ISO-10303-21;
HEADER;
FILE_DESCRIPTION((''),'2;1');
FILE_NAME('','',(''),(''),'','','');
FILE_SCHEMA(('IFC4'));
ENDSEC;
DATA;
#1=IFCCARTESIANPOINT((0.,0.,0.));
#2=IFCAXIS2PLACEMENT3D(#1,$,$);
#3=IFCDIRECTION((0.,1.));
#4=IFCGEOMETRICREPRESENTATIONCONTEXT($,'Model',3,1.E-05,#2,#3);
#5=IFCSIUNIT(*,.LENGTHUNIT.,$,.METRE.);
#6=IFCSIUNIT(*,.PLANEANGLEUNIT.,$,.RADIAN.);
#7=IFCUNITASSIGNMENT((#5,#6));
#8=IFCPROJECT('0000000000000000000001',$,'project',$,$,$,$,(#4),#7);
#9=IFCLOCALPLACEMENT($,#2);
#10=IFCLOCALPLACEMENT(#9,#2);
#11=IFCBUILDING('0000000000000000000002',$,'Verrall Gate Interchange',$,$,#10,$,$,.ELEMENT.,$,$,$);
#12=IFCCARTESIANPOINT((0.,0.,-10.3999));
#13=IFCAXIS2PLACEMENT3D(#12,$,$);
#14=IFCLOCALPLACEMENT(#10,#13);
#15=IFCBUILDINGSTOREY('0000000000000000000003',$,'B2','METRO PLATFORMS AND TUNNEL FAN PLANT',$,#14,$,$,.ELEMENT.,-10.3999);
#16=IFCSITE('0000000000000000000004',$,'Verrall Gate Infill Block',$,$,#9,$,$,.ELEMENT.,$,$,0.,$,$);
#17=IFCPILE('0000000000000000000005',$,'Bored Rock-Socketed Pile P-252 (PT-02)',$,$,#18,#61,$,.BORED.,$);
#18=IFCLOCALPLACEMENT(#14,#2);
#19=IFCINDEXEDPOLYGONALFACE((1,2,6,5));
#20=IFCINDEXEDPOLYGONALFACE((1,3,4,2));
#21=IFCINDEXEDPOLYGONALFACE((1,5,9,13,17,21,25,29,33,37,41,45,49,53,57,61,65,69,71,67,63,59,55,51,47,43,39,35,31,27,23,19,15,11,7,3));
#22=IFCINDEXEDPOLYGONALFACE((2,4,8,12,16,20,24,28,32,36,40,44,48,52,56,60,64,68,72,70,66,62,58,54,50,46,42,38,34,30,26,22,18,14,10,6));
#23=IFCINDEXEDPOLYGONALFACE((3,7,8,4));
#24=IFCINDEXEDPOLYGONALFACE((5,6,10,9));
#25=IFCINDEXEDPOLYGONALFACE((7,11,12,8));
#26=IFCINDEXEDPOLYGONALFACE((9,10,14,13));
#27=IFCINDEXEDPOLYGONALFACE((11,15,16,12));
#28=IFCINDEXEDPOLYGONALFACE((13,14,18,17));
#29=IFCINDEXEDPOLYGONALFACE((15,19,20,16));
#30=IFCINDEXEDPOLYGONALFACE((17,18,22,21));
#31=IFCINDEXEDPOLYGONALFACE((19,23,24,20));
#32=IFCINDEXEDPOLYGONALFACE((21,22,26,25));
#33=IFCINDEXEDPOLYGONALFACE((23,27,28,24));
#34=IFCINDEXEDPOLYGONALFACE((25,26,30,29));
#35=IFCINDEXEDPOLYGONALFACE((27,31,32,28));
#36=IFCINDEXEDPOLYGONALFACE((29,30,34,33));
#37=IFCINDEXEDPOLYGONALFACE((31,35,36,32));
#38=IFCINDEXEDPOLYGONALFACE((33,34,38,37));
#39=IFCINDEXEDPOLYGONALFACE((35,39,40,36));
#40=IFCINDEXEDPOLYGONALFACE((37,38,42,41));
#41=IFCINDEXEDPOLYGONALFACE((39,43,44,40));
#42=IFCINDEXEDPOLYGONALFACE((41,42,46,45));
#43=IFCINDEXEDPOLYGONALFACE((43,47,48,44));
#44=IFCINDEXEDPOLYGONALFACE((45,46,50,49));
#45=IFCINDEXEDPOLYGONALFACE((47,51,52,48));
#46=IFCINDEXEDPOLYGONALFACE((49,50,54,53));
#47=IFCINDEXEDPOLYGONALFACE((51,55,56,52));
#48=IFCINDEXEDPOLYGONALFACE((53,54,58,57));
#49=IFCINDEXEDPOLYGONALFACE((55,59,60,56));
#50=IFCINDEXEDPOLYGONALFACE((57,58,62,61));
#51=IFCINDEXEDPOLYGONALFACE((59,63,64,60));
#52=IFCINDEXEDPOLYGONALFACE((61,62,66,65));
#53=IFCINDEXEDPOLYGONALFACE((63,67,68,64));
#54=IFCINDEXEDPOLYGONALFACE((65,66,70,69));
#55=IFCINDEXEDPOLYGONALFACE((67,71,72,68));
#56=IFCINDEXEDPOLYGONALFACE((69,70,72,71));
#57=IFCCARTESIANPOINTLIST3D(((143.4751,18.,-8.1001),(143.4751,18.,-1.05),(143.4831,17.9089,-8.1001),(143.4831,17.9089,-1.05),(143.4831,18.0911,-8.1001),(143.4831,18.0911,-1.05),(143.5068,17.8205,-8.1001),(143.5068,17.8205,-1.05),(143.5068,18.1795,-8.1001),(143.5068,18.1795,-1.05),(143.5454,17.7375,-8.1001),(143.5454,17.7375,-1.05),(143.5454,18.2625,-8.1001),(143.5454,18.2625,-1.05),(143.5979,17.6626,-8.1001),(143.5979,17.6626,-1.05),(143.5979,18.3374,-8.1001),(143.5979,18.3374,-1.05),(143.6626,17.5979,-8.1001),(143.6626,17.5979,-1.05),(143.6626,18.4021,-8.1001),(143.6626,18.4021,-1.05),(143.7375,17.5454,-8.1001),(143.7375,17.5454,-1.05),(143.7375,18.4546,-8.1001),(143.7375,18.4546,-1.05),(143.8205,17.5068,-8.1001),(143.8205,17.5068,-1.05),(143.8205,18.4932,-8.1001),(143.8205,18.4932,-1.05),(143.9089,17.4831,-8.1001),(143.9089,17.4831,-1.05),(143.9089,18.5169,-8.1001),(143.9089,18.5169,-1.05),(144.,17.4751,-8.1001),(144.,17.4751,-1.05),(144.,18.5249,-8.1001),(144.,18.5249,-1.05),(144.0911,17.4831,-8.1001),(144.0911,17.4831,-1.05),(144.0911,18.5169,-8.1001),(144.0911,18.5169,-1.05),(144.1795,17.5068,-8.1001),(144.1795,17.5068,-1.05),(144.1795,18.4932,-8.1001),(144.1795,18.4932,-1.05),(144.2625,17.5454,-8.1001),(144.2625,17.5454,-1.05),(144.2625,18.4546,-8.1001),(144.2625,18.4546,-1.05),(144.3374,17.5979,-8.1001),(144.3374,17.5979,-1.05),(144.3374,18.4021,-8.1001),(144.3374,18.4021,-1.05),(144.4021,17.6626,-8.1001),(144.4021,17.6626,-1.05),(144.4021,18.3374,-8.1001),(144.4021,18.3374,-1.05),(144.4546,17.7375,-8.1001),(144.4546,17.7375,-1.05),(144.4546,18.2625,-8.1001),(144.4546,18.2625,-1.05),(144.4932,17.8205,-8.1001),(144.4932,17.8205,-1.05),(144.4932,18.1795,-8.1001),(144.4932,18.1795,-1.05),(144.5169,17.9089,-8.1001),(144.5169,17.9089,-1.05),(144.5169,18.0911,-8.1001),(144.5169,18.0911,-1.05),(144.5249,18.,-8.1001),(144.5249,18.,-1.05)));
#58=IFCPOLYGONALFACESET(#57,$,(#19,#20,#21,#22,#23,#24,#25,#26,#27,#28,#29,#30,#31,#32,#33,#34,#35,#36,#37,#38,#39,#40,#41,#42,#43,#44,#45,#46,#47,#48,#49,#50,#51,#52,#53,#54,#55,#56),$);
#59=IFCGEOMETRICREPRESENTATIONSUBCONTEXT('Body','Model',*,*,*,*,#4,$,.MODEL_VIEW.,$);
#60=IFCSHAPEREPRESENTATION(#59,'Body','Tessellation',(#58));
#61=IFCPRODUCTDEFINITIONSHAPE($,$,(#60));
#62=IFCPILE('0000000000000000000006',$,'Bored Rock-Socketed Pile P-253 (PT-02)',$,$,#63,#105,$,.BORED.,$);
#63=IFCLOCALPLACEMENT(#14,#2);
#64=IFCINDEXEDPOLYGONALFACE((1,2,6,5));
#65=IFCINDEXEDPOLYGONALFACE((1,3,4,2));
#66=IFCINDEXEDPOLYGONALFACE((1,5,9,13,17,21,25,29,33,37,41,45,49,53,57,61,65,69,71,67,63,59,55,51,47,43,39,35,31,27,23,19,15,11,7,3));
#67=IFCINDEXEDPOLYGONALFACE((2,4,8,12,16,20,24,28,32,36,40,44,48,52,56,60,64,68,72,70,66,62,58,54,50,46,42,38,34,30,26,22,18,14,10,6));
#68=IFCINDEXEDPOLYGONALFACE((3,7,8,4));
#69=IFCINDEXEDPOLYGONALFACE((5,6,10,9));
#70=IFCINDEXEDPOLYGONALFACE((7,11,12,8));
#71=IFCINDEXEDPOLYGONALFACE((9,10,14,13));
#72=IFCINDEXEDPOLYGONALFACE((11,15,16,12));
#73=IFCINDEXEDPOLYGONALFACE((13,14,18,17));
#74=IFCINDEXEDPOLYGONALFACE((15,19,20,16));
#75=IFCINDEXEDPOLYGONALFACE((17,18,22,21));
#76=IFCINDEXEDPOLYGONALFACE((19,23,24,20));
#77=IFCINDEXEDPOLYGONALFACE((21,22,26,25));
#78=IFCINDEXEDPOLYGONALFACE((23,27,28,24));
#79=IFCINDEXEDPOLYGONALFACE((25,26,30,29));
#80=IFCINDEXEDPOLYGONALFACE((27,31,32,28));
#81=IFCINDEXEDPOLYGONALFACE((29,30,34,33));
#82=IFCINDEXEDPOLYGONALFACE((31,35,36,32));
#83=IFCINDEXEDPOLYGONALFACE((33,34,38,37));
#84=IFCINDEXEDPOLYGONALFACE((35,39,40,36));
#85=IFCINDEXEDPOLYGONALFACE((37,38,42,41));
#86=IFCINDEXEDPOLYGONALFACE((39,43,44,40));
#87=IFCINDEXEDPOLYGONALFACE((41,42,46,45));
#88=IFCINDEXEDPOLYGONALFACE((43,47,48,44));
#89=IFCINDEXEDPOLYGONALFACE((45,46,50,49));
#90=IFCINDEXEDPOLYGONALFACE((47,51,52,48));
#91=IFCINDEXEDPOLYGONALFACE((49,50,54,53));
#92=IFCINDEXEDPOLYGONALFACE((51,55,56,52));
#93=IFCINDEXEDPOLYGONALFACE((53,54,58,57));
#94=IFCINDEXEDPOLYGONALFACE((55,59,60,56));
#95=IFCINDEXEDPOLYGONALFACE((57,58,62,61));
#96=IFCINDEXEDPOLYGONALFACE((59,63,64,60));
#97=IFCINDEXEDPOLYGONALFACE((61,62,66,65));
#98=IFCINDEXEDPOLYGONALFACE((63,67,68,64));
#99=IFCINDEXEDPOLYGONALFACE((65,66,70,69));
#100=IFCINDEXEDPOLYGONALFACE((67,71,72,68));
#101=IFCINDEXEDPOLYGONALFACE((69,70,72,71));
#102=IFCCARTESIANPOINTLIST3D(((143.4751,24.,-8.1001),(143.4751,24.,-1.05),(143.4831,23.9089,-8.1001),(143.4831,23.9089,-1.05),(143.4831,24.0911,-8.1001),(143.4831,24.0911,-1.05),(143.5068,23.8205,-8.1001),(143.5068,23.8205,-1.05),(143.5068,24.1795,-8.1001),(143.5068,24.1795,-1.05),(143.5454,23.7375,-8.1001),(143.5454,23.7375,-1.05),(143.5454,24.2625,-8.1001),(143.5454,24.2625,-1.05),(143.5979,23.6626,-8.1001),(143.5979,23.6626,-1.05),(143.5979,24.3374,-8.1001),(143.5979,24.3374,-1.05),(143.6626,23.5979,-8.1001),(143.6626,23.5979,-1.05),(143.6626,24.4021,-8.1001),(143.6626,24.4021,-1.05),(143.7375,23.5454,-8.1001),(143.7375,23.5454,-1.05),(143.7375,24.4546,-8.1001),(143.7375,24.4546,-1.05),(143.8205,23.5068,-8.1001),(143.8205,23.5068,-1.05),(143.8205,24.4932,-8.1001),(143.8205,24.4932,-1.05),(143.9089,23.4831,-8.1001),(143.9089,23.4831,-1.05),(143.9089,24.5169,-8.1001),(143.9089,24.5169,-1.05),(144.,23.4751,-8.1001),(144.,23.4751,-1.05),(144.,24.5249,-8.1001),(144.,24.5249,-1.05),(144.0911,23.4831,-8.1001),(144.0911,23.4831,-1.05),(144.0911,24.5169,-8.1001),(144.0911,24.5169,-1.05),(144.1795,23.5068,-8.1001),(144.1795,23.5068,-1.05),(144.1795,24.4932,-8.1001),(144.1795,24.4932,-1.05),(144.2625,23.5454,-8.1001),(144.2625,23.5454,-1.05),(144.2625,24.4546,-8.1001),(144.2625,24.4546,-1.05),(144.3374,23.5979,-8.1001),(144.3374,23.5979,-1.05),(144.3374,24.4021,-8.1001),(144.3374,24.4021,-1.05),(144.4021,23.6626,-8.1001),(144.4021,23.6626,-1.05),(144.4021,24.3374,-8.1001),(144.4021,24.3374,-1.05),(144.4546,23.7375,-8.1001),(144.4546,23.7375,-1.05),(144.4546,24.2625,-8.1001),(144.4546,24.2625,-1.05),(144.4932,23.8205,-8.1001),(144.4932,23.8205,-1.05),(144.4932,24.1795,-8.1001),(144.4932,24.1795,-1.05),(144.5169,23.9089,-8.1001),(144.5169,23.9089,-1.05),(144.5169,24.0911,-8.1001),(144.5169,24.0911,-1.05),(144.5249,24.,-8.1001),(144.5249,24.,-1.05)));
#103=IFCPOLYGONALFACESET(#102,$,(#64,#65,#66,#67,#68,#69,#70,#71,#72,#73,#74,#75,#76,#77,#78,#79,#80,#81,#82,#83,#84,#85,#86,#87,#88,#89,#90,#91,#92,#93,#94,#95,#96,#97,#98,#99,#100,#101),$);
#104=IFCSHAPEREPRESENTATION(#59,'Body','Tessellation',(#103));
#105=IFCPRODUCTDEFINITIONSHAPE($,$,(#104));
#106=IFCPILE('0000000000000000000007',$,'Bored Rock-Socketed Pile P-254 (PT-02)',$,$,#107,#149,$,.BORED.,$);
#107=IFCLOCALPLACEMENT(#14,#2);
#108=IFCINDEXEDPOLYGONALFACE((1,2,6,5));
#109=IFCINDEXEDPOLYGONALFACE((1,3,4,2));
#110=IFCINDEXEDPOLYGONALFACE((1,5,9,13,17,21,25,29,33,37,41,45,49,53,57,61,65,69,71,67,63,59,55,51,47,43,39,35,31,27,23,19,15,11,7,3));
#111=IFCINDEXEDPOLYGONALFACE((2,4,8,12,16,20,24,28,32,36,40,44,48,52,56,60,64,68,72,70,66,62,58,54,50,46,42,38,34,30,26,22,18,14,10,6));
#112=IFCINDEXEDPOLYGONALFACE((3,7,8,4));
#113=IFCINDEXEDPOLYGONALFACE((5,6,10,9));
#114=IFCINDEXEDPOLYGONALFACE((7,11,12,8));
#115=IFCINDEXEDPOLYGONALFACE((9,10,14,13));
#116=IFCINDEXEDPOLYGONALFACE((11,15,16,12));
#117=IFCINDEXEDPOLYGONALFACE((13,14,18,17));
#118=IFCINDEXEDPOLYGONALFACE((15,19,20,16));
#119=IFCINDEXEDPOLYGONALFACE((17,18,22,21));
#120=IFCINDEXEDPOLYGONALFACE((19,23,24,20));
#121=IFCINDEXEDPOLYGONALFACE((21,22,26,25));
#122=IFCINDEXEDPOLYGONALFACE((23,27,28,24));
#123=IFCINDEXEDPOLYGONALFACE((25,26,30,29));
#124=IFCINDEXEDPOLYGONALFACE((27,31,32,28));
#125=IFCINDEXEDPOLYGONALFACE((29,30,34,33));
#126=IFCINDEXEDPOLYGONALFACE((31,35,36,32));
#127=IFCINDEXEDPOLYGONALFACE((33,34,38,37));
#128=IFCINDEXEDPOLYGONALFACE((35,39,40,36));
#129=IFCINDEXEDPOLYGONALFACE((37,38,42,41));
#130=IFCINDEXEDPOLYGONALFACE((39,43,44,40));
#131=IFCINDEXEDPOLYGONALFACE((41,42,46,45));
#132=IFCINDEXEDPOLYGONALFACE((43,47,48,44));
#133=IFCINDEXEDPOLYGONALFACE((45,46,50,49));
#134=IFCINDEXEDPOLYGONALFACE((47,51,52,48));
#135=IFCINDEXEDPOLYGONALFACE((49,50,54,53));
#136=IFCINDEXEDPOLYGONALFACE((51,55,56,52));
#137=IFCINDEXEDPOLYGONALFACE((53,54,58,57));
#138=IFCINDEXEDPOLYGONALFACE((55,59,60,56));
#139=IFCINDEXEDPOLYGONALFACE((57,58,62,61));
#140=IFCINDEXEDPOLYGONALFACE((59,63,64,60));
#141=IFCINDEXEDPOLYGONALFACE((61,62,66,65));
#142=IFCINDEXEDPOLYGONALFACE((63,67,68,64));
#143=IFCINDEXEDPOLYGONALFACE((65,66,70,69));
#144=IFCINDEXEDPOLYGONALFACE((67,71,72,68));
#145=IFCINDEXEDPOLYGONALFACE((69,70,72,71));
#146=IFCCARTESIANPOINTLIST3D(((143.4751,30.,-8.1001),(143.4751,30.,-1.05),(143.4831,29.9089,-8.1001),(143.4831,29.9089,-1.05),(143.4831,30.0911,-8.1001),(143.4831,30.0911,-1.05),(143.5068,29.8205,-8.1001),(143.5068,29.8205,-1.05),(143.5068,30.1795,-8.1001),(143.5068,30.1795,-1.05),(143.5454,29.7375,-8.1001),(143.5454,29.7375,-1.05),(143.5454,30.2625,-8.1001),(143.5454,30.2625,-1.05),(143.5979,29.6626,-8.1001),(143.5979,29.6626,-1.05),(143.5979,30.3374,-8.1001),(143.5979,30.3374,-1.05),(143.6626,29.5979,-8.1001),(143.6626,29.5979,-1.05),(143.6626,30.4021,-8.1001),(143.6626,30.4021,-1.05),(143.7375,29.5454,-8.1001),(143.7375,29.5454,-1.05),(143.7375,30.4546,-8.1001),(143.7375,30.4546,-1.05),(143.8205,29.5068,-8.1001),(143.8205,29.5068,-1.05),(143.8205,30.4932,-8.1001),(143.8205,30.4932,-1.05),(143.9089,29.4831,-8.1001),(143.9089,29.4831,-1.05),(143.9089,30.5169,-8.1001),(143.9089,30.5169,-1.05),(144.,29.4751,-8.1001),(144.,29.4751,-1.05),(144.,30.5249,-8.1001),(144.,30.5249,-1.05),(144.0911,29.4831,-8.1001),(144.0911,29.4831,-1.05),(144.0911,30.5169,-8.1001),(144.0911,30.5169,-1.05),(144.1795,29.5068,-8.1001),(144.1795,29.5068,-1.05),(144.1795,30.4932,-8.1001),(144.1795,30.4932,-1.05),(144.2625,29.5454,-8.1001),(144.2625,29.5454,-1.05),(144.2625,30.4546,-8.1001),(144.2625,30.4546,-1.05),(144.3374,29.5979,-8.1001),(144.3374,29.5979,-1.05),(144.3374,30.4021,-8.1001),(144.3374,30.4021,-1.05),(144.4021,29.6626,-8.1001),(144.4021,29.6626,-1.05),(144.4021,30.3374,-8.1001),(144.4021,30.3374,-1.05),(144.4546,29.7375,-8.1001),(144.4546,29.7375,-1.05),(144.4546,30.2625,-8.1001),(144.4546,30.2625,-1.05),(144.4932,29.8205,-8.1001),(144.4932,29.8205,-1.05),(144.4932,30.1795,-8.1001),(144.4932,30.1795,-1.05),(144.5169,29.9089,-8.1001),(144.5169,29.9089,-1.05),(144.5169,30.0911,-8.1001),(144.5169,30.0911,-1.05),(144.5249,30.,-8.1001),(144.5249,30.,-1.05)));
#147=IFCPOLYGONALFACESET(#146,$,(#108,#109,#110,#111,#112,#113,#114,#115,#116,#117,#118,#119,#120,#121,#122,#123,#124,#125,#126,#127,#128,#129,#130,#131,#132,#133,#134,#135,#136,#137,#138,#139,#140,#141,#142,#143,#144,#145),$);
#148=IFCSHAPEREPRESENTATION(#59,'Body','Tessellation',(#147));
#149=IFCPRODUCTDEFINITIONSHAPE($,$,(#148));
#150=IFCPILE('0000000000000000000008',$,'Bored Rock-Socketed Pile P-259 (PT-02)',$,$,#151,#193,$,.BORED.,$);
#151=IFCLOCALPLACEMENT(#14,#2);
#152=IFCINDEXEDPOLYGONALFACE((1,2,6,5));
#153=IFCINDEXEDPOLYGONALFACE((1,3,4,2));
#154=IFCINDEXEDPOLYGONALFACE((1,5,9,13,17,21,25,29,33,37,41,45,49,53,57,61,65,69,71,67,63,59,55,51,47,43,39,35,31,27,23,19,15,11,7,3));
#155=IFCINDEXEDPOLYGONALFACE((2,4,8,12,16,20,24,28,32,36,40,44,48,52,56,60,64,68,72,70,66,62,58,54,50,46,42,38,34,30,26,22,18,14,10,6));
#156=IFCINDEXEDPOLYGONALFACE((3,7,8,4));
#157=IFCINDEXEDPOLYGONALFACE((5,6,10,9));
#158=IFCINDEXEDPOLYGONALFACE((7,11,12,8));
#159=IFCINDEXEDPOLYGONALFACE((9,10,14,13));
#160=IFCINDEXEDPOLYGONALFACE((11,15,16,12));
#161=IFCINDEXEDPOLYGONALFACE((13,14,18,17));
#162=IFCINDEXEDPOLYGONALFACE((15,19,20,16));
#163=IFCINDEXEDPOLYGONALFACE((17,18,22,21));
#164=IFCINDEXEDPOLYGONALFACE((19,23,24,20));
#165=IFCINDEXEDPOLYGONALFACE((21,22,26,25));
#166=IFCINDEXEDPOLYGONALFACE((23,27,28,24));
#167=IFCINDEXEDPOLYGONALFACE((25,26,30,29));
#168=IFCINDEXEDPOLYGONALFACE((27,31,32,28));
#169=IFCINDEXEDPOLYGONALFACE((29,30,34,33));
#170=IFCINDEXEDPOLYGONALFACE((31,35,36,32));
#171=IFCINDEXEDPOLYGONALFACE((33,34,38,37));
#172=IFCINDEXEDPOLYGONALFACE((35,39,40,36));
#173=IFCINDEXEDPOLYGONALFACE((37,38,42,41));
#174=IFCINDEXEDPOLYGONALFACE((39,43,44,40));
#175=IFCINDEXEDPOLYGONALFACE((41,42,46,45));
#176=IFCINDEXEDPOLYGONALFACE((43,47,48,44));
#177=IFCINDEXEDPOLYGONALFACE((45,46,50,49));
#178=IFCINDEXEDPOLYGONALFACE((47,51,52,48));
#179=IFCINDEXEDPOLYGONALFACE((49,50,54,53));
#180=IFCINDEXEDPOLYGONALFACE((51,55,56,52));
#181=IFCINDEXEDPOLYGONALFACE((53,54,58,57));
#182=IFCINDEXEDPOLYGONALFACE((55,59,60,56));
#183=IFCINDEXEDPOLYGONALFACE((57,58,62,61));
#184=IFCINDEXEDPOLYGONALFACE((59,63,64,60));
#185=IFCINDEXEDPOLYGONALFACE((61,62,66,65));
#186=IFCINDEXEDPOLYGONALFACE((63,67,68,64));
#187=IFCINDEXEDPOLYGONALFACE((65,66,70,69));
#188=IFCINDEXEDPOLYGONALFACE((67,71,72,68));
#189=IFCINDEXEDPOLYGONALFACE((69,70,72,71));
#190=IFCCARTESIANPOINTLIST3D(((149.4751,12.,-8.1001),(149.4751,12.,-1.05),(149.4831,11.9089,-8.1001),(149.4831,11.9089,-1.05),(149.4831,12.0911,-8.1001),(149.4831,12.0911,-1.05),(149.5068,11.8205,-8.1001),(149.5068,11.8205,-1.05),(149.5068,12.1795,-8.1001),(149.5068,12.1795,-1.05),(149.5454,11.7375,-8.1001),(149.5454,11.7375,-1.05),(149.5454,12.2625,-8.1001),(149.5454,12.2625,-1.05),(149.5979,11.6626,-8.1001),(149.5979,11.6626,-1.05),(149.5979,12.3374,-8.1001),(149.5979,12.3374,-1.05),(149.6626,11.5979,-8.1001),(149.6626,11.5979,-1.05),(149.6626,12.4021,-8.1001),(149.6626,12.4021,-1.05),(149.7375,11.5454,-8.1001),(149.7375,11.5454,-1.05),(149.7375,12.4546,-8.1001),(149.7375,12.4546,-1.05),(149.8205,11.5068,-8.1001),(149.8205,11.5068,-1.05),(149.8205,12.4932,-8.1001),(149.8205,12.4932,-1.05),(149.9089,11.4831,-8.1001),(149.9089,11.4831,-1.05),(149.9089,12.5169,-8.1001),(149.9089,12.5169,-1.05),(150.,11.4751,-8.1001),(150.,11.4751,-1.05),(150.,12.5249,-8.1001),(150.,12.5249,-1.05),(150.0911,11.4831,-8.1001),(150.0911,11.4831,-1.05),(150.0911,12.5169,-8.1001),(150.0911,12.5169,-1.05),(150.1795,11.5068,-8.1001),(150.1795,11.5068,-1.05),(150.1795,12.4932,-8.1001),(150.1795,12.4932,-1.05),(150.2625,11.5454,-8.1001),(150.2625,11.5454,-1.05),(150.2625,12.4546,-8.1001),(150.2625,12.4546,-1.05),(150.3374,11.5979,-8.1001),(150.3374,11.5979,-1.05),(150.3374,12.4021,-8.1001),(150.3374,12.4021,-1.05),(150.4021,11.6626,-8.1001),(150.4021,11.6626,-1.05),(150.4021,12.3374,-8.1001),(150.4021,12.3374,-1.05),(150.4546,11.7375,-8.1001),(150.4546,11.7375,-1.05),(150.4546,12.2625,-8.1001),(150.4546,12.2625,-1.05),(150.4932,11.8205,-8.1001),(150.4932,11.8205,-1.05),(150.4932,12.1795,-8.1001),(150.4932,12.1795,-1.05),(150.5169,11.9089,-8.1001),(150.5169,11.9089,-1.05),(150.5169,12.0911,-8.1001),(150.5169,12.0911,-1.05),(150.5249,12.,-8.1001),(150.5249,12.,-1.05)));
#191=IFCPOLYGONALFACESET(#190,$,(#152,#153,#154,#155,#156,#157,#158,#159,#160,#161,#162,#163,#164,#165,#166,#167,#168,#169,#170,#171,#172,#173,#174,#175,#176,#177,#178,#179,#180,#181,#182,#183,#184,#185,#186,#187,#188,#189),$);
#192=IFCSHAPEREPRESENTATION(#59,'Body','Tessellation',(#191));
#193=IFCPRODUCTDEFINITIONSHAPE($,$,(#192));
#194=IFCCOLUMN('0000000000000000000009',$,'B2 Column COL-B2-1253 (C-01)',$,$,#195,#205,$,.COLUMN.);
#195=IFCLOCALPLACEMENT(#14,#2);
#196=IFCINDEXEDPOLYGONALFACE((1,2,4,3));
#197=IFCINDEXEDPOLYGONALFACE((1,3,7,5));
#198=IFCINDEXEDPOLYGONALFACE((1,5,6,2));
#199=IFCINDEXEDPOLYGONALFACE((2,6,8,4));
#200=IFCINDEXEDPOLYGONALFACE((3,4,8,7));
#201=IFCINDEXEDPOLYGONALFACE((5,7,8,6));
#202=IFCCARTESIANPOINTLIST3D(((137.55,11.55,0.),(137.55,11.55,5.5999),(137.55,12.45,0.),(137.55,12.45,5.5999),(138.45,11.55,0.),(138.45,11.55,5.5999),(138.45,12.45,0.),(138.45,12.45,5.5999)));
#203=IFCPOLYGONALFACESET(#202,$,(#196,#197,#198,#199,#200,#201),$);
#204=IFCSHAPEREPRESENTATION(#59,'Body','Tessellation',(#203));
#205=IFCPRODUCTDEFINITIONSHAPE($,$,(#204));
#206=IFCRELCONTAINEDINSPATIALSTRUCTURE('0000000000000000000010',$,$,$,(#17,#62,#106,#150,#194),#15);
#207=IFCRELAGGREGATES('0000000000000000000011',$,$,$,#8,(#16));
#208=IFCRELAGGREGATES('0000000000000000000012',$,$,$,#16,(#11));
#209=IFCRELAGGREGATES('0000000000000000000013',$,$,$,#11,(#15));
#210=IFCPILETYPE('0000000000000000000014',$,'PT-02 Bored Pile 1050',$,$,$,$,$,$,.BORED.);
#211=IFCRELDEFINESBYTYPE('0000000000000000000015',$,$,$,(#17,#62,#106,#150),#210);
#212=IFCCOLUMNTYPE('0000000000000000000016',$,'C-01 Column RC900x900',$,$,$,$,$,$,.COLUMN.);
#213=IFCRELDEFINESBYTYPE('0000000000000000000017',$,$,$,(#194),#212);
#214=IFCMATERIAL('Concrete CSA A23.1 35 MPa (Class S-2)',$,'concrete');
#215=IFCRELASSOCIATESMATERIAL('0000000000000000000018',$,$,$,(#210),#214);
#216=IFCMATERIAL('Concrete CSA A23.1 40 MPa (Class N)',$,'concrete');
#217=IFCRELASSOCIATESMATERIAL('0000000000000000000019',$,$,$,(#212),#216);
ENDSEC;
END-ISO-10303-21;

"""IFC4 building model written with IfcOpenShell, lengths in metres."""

from ifc_helpers import new_model, si_unit, direction, frame, origin, origin_2d, place, context, subcontext, project, spatial, rectangle, circle, extrude, material, material_profile, profile_set, type_object, element, save


model = new_model("IFC4")

# Units and contexts
model_context = context("Model", 3, precision=1e-05, world=origin(), true_north=direction((0.0, 1.0)))
body_context = subcontext(model_context, "Body", "Model", "MODEL_VIEW")
ifc_project = project(units=[si_unit("LENGTHUNIT", "METRE"), si_unit("PLANEANGLEUNIT", "RADIAN")], contexts=[model_context])

# Site, building, storey
site_placement = place(None, origin())
site = spatial("IfcSite", under=ifc_project, at=site_placement, Name="Verrall Gate Infill Block", CompositionType="ELEMENT", RefElevation=0.0)
building_placement = place(site_placement, origin())
building = spatial("IfcBuilding", under=site, at=building_placement, Name="Verrall Gate Interchange", CompositionType="ELEMENT")
storey_placement = place(building_placement, frame((0.0, 0.0, -10.3999)))
storey = spatial("IfcBuildingStorey", under=building, at=storey_placement, Name="B2", Description="METRO PLATFORMS AND TUNNEL FAN PLANT", CompositionType="ELEMENT", Elevation=-10.3999)

# Piles
ifc_material_1 = material(Name="Concrete CSA A23.1 35 MPa (Class S-2)", Category="concrete")
ifc_material_profile_1 = material_profile(ifc_material_1, circle(Radius=0.5249, at=origin_2d()), Name="PILE1050D")
ifc_profile_set_1 = profile_set([ifc_material_profile_1], Name="Concrete CSA A23.1 35 MPa (Class S-2)")
pile_type = type_object("IfcPileType", Name="PT-02 Bored Pile 1050", PredefinedType="BORED", material=ifc_profile_set_1)
for number, where, z_axis, x_axis, name in (
    (1, (144.0, 18.0, -1.05), (0.0, 0.0, -1.0), (1.0, 0.0, 0.0), "Bored Rock-Socketed Pile P-252 (PT-02)"),
    (2, (144.0, 24.0, -1.05), (0.0, 0.0, -1.0), (1.0, 0.0, 0.0), "Bored Rock-Socketed Pile P-253 (PT-02)"),
    (3, (144.0, 30.0, -1.05), (0.0, 0.0, -1.0), (1.0, 0.0, 0.0), "Bored Rock-Socketed Pile P-254 (PT-02)"),
    (4, (150.0, 12.0, -1.05), (0.0, 0.0, -1.0), (1.0, 0.0, 0.0), "Bored Rock-Socketed Pile P-259 (PT-02)"),
):
    element("IfcPile", number, at=place(storey_placement, frame(where, z_axis=z_axis, x_axis=x_axis)), inside=storey, type_object=pile_type, Name=name, PredefinedType="BORED", context=body_context, shape_type="SweptSolid", body=[
        extrude(circle(Radius=0.5249, at=origin_2d()), origin(), (0.0, 0.0, 1.0), 7.05),
    ])

# Column
ifc_material_2 = material(Name="Concrete CSA A23.1 40 MPa (Class N)", Category="concrete")
ifc_material_profile_2 = material_profile(ifc_material_2, rectangle(XDim=0.8999, YDim=0.8999, at=origin_2d()), Name="RC900x900")
ifc_profile_set_2 = profile_set([ifc_material_profile_2], Name="Concrete CSA A23.1 40 MPa (Class N)")
column_type_1 = type_object("IfcColumnType", Name="C-01 Column RC900x900", PredefinedType="COLUMN", material=ifc_profile_set_2)
for number, where, z_axis, x_axis, name in (
    (5, (138.0, 12.0, 0.0), (0.0, 0.0, 1.0), (1.0, 0.0, 0.0), "B2 Column COL-B2-1253 (C-01)"),
):
    element("IfcColumn", number, at=place(storey_placement, frame(where, z_axis=z_axis, x_axis=x_axis)), inside=storey, type_object=column_type_1, Name=name, PredefinedType="COLUMN", context=body_context, shape_type="SweptSolid", body=[
        extrude(rectangle(XDim=0.8999, YDim=0.8999, at=origin_2d()), origin(), (0.0, 0.0, 1.0), 5.5999),
    ])

save(model, "model.ifc")
